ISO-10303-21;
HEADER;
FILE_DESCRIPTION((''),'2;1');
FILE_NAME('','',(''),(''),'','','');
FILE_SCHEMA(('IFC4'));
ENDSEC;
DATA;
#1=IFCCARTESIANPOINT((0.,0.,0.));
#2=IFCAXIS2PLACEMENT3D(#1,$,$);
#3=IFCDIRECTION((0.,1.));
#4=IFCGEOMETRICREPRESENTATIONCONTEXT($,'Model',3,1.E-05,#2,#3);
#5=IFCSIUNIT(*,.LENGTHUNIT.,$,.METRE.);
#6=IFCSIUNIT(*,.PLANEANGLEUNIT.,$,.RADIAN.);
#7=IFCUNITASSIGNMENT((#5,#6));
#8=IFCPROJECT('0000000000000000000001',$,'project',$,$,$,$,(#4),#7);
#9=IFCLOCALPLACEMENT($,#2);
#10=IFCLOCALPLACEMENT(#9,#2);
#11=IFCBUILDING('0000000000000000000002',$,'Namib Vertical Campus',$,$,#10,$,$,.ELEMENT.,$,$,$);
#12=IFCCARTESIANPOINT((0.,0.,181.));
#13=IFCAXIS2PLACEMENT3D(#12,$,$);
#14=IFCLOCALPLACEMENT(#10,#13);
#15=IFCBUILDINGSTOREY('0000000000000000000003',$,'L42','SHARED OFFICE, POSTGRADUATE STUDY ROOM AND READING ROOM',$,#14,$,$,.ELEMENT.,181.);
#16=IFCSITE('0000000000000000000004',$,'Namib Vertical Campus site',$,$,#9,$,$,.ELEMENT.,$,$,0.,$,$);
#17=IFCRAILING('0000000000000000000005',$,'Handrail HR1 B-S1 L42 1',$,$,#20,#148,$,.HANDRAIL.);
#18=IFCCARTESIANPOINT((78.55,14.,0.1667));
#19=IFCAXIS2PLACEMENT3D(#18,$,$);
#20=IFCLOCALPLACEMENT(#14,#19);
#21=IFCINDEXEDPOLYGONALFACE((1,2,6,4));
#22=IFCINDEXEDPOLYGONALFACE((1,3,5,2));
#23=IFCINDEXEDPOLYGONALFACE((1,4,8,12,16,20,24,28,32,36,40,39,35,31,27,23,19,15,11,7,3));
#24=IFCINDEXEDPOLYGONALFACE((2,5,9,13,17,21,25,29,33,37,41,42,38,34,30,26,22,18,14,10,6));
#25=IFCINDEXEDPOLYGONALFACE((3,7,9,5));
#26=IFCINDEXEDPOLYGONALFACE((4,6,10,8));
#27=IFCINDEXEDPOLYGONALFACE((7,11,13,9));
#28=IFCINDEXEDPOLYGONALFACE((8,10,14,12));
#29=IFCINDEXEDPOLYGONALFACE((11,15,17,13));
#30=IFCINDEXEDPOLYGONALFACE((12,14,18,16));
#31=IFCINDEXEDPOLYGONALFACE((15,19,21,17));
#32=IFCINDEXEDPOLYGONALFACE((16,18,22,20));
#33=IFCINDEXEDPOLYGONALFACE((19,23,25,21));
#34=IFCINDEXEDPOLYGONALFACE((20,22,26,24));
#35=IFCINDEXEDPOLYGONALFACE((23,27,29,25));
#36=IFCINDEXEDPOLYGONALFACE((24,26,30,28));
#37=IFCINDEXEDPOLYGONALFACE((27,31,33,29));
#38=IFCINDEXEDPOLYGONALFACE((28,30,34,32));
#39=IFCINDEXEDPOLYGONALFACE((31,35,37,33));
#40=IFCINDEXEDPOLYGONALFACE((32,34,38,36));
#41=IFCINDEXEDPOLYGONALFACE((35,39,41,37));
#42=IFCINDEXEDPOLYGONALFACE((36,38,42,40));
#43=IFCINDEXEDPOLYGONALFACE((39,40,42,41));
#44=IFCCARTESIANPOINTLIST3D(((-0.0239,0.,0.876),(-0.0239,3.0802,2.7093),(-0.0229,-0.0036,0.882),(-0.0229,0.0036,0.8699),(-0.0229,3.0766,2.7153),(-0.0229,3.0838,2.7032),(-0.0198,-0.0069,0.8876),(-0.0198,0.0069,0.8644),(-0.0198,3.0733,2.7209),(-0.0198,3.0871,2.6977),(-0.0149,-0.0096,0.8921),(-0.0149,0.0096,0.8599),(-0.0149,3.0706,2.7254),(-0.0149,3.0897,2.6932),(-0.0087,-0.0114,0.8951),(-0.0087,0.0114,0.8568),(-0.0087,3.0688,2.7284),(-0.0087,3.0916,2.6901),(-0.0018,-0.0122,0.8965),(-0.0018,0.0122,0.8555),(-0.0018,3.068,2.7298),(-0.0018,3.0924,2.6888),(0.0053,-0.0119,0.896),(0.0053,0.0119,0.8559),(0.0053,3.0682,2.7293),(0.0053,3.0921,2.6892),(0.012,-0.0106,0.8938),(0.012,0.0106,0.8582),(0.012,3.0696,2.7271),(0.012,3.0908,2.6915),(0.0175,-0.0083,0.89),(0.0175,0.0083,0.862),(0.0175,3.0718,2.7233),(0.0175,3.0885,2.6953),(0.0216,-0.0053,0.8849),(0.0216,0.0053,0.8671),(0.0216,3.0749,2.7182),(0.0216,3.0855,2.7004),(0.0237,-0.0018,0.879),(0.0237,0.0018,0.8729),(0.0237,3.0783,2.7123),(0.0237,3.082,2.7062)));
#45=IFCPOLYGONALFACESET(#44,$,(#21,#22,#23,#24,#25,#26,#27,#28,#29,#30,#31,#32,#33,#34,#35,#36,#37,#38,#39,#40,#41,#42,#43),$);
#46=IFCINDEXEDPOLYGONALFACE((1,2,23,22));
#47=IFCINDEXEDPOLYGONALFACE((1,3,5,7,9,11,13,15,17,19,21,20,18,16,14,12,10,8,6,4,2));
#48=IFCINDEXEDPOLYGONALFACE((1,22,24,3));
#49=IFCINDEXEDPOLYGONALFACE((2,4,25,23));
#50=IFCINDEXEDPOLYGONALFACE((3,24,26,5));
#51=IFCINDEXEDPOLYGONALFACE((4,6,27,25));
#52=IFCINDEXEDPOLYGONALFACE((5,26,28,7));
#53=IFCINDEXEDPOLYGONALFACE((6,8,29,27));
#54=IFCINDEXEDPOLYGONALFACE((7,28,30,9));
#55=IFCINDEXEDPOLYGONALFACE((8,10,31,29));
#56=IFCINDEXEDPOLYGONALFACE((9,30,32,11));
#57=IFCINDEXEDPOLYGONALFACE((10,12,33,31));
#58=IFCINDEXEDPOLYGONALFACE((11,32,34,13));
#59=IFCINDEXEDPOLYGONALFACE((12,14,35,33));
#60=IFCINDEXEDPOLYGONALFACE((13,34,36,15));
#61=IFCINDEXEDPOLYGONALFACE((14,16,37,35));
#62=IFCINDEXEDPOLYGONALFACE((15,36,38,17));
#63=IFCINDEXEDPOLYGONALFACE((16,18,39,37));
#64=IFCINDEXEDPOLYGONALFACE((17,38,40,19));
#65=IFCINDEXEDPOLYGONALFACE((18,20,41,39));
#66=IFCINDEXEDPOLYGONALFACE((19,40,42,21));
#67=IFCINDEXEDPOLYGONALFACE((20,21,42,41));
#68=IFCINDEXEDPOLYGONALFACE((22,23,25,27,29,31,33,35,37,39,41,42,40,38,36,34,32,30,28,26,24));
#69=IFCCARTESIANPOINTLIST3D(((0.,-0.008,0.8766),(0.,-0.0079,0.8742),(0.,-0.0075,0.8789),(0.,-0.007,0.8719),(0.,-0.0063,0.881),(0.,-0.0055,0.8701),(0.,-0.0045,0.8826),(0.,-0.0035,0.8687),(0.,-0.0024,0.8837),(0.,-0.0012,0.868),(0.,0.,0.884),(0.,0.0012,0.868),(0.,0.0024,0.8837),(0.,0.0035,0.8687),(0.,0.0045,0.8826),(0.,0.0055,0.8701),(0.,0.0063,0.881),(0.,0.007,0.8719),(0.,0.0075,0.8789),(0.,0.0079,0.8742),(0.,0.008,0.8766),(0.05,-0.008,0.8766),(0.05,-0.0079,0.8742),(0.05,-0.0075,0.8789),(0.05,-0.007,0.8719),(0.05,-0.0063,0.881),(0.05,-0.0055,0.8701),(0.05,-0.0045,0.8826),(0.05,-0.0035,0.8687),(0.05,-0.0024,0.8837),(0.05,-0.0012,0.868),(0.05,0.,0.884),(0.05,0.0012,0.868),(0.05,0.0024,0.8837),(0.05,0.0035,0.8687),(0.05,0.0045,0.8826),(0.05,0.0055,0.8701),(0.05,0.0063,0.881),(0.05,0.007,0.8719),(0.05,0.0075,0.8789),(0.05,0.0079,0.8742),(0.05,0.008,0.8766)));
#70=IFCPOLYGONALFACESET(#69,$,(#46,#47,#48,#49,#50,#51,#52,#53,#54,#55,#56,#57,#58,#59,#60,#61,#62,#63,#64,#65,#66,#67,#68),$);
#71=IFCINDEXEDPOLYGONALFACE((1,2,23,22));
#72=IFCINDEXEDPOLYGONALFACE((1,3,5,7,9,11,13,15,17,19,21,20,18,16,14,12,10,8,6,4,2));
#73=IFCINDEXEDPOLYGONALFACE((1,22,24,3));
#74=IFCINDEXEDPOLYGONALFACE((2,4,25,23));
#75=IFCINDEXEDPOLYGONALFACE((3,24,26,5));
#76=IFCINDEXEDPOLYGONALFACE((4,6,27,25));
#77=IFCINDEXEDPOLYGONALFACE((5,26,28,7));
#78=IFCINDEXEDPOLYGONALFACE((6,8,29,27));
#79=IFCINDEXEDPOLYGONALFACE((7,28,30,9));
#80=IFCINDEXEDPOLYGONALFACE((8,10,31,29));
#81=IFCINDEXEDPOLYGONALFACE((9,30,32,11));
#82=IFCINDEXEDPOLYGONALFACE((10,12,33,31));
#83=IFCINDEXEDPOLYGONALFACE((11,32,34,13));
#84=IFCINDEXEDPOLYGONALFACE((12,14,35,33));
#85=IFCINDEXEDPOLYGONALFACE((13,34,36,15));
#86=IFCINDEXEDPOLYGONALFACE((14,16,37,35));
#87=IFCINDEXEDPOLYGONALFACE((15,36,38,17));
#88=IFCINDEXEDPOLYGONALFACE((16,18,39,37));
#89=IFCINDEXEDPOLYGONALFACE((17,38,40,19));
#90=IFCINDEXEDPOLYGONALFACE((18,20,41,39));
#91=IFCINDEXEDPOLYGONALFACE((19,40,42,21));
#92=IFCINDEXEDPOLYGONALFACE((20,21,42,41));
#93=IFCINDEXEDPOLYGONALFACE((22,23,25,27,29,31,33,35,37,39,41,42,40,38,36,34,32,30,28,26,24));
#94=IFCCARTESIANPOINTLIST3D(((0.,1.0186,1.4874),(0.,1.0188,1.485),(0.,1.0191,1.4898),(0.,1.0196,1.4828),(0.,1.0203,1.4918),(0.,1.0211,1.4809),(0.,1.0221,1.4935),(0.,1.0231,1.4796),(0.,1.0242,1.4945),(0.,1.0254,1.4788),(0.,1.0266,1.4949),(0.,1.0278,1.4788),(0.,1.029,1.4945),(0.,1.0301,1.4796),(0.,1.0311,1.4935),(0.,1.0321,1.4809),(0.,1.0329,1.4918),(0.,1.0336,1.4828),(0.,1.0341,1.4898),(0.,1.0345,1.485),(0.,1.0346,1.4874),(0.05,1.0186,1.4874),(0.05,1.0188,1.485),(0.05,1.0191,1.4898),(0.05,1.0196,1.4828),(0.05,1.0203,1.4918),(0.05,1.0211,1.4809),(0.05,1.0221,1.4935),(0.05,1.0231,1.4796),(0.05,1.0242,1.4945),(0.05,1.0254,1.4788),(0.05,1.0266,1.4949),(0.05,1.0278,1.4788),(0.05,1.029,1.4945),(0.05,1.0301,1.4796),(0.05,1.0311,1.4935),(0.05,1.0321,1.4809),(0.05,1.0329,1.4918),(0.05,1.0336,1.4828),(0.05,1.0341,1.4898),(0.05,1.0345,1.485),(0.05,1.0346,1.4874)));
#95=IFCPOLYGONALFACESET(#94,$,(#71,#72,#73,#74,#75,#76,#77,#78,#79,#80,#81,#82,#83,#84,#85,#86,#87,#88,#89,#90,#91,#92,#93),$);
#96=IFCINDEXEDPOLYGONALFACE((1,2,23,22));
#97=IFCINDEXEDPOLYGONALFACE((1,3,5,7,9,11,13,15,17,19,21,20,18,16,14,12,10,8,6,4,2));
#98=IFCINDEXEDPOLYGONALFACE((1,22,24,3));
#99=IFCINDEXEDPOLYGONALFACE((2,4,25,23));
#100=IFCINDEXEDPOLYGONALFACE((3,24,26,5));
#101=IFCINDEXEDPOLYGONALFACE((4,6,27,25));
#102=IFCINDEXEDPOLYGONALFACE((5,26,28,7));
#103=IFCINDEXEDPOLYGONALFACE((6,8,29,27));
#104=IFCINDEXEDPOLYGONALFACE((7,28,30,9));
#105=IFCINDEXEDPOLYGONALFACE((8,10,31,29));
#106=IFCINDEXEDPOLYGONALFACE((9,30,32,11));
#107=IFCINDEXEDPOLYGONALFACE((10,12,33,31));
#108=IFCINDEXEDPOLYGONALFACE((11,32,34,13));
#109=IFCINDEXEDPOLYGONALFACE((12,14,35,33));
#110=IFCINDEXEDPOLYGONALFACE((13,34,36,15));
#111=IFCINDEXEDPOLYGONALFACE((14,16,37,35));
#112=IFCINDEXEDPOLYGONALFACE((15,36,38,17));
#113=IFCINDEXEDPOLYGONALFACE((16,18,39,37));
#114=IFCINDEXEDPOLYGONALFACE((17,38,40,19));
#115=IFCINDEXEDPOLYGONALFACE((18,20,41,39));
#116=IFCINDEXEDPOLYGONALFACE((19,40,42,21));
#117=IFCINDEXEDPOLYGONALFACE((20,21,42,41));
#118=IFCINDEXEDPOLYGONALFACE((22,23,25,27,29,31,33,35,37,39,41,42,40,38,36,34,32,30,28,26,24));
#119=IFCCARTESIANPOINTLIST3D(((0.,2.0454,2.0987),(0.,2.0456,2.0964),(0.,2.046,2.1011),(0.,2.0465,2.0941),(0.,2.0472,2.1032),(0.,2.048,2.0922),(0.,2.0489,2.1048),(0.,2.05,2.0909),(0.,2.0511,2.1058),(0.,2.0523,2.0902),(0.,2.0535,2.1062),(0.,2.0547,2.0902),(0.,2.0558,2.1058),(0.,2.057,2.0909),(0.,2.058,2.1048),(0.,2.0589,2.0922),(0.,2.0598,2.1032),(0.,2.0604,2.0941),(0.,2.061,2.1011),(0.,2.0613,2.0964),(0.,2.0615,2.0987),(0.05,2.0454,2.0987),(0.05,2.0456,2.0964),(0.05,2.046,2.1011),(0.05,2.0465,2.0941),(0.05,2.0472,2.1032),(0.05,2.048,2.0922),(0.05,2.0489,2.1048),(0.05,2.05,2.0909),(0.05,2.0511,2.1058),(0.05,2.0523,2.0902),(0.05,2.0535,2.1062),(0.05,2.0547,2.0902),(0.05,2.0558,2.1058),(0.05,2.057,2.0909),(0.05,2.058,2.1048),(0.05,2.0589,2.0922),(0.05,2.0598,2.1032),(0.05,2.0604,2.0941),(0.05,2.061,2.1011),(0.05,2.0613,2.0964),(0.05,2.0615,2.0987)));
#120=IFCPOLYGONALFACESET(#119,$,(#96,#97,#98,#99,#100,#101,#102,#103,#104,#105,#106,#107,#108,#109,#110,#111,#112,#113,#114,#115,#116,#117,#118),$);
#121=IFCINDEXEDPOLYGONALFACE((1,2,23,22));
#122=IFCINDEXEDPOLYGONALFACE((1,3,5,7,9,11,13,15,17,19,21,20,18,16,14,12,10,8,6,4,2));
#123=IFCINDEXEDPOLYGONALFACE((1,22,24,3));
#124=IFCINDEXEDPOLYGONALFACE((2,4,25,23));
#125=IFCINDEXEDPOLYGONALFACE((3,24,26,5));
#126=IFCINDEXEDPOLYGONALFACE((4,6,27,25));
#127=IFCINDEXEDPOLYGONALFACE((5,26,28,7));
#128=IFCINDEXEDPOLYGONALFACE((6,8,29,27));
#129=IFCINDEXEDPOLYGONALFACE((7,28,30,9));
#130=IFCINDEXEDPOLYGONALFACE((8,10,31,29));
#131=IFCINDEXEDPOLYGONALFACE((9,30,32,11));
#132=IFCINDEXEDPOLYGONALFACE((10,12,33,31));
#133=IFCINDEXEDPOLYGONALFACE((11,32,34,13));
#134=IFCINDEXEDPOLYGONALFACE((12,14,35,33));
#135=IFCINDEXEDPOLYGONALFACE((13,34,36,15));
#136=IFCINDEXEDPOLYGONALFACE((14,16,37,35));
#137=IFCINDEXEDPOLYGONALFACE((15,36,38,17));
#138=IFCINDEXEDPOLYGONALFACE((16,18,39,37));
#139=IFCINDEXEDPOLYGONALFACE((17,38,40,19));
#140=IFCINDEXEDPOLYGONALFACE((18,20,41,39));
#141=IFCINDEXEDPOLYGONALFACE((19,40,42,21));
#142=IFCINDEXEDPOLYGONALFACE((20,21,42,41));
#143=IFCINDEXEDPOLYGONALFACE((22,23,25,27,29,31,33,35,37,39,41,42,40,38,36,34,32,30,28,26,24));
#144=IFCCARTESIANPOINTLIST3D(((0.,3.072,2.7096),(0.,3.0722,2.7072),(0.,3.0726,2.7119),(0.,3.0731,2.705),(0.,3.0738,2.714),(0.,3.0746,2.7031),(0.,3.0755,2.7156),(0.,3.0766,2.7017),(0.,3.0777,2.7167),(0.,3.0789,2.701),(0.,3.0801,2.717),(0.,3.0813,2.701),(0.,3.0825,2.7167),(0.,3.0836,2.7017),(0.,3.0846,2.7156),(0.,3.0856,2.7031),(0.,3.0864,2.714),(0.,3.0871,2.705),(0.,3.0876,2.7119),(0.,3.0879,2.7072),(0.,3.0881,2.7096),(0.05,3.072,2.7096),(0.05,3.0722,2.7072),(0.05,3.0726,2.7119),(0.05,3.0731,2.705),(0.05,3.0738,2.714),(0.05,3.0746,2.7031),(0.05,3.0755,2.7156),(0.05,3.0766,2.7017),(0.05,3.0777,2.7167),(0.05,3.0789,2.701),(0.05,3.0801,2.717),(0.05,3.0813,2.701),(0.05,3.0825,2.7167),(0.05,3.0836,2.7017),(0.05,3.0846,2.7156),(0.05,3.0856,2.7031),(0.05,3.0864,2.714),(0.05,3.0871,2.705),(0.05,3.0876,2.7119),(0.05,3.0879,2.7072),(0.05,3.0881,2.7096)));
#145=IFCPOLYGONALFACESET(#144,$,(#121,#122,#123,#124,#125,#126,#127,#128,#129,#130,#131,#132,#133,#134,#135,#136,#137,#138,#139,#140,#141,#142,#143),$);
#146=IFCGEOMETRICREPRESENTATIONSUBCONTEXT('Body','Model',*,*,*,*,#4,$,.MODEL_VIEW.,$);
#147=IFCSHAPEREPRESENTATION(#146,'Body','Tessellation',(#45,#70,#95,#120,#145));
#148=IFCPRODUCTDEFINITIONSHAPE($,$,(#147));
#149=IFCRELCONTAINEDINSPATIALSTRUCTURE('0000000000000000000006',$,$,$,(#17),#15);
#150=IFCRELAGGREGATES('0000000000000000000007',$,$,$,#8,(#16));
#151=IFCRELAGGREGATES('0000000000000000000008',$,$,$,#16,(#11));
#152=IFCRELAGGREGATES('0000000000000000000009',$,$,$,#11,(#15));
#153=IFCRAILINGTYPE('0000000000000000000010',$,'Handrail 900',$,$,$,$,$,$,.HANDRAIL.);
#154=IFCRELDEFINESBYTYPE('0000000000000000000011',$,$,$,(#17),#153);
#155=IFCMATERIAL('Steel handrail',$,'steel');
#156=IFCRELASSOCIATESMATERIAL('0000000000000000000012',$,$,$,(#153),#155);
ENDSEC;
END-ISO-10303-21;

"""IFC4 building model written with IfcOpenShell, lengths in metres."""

from ifc_helpers import new_model, si_unit, direction, frame, origin, origin_2d, place, context, subcontext, project, spatial, circle, extrude, material, type_object, element, save


model = new_model("IFC4")

# Units and contexts
model_context = context("Model", 3, precision=1e-05, world=origin(), true_north=direction((0.0, 1.0)))
body_context = subcontext(model_context, "Body", "Model", "MODEL_VIEW")
ifc_project = project(units=[si_unit("LENGTHUNIT", "METRE"), si_unit("PLANEANGLEUNIT", "RADIAN")], contexts=[model_context])

# Site, building, storey
site_placement = place(None, origin())
site = spatial("IfcSite", under=ifc_project, at=site_placement, Name="Namib Vertical Campus site", CompositionType="ELEMENT", RefElevation=0.0)
building_placement = place(site_placement, origin())
building = spatial("IfcBuilding", under=site, at=building_placement, Name="Namib Vertical Campus", CompositionType="ELEMENT")
storey_placement = place(building_placement, frame((0.0, 0.0, 181.0)))
storey = spatial("IfcBuildingStorey", under=building, at=storey_placement, Name="L42", Description="SHARED OFFICE, POSTGRADUATE STUDY ROOM AND READING ROOM", CompositionType="ELEMENT", Elevation=181.0)

# Railing
ifc_material_1 = material(Name="Steel handrail", Category="steel")
railing_type_1 = type_object("IfcRailingType", Name="Handrail 900", PredefinedType="HANDRAIL", material=ifc_material_1)
railing_1_placement = place(storey_placement, frame((78.55, 14.0, 0.1667)))
element("IfcRailing", 1, at=railing_1_placement, inside=storey, type_object=railing_type_1, Name="Handrail HR1 B-S1 L42 1", PredefinedType="HANDRAIL", context=body_context, shape_type="SweptSolid", body=[
    extrude(circle(Radius=0.0239, at=origin_2d()), frame((0.0, 0.0, 0.876), z_axis=(0.0, 0.859309, 0.511458), x_axis=(-1.0, 0.0, 0.0)), (0.0, 0.0, 1.0), 3.5845),
    extrude(circle(Radius=0.0081, at=origin_2d()), frame((0.0, 0.0, 0.876), z_axis=(1.0, 0.0, 0.0), x_axis=(0.0, 0.0, 1.0)), (0.0, 0.0, 1.0), 0.05),
    extrude(circle(Radius=0.0081, at=origin_2d()), frame((0.0, 1.0266, 1.4868), z_axis=(1.0, 0.0, 0.0), x_axis=(0.0, 0.0, 1.0)), (0.0, 0.0, 1.0), 0.05),
    extrude(circle(Radius=0.0081, at=origin_2d()), frame((0.0, 2.0535, 2.0981), z_axis=(1.0, 0.0, 0.0), x_axis=(0.0, 0.0, 1.0)), (0.0, 0.0, 1.0), 0.05),
    extrude(circle(Radius=0.0081, at=origin_2d()), frame((0.0, 3.0801, 2.709), z_axis=(1.0, 0.0, 0.0), x_axis=(0.0, 0.0, 1.0)), (0.0, 0.0, 1.0), 0.05),
])

save(model, "model.ifc")
